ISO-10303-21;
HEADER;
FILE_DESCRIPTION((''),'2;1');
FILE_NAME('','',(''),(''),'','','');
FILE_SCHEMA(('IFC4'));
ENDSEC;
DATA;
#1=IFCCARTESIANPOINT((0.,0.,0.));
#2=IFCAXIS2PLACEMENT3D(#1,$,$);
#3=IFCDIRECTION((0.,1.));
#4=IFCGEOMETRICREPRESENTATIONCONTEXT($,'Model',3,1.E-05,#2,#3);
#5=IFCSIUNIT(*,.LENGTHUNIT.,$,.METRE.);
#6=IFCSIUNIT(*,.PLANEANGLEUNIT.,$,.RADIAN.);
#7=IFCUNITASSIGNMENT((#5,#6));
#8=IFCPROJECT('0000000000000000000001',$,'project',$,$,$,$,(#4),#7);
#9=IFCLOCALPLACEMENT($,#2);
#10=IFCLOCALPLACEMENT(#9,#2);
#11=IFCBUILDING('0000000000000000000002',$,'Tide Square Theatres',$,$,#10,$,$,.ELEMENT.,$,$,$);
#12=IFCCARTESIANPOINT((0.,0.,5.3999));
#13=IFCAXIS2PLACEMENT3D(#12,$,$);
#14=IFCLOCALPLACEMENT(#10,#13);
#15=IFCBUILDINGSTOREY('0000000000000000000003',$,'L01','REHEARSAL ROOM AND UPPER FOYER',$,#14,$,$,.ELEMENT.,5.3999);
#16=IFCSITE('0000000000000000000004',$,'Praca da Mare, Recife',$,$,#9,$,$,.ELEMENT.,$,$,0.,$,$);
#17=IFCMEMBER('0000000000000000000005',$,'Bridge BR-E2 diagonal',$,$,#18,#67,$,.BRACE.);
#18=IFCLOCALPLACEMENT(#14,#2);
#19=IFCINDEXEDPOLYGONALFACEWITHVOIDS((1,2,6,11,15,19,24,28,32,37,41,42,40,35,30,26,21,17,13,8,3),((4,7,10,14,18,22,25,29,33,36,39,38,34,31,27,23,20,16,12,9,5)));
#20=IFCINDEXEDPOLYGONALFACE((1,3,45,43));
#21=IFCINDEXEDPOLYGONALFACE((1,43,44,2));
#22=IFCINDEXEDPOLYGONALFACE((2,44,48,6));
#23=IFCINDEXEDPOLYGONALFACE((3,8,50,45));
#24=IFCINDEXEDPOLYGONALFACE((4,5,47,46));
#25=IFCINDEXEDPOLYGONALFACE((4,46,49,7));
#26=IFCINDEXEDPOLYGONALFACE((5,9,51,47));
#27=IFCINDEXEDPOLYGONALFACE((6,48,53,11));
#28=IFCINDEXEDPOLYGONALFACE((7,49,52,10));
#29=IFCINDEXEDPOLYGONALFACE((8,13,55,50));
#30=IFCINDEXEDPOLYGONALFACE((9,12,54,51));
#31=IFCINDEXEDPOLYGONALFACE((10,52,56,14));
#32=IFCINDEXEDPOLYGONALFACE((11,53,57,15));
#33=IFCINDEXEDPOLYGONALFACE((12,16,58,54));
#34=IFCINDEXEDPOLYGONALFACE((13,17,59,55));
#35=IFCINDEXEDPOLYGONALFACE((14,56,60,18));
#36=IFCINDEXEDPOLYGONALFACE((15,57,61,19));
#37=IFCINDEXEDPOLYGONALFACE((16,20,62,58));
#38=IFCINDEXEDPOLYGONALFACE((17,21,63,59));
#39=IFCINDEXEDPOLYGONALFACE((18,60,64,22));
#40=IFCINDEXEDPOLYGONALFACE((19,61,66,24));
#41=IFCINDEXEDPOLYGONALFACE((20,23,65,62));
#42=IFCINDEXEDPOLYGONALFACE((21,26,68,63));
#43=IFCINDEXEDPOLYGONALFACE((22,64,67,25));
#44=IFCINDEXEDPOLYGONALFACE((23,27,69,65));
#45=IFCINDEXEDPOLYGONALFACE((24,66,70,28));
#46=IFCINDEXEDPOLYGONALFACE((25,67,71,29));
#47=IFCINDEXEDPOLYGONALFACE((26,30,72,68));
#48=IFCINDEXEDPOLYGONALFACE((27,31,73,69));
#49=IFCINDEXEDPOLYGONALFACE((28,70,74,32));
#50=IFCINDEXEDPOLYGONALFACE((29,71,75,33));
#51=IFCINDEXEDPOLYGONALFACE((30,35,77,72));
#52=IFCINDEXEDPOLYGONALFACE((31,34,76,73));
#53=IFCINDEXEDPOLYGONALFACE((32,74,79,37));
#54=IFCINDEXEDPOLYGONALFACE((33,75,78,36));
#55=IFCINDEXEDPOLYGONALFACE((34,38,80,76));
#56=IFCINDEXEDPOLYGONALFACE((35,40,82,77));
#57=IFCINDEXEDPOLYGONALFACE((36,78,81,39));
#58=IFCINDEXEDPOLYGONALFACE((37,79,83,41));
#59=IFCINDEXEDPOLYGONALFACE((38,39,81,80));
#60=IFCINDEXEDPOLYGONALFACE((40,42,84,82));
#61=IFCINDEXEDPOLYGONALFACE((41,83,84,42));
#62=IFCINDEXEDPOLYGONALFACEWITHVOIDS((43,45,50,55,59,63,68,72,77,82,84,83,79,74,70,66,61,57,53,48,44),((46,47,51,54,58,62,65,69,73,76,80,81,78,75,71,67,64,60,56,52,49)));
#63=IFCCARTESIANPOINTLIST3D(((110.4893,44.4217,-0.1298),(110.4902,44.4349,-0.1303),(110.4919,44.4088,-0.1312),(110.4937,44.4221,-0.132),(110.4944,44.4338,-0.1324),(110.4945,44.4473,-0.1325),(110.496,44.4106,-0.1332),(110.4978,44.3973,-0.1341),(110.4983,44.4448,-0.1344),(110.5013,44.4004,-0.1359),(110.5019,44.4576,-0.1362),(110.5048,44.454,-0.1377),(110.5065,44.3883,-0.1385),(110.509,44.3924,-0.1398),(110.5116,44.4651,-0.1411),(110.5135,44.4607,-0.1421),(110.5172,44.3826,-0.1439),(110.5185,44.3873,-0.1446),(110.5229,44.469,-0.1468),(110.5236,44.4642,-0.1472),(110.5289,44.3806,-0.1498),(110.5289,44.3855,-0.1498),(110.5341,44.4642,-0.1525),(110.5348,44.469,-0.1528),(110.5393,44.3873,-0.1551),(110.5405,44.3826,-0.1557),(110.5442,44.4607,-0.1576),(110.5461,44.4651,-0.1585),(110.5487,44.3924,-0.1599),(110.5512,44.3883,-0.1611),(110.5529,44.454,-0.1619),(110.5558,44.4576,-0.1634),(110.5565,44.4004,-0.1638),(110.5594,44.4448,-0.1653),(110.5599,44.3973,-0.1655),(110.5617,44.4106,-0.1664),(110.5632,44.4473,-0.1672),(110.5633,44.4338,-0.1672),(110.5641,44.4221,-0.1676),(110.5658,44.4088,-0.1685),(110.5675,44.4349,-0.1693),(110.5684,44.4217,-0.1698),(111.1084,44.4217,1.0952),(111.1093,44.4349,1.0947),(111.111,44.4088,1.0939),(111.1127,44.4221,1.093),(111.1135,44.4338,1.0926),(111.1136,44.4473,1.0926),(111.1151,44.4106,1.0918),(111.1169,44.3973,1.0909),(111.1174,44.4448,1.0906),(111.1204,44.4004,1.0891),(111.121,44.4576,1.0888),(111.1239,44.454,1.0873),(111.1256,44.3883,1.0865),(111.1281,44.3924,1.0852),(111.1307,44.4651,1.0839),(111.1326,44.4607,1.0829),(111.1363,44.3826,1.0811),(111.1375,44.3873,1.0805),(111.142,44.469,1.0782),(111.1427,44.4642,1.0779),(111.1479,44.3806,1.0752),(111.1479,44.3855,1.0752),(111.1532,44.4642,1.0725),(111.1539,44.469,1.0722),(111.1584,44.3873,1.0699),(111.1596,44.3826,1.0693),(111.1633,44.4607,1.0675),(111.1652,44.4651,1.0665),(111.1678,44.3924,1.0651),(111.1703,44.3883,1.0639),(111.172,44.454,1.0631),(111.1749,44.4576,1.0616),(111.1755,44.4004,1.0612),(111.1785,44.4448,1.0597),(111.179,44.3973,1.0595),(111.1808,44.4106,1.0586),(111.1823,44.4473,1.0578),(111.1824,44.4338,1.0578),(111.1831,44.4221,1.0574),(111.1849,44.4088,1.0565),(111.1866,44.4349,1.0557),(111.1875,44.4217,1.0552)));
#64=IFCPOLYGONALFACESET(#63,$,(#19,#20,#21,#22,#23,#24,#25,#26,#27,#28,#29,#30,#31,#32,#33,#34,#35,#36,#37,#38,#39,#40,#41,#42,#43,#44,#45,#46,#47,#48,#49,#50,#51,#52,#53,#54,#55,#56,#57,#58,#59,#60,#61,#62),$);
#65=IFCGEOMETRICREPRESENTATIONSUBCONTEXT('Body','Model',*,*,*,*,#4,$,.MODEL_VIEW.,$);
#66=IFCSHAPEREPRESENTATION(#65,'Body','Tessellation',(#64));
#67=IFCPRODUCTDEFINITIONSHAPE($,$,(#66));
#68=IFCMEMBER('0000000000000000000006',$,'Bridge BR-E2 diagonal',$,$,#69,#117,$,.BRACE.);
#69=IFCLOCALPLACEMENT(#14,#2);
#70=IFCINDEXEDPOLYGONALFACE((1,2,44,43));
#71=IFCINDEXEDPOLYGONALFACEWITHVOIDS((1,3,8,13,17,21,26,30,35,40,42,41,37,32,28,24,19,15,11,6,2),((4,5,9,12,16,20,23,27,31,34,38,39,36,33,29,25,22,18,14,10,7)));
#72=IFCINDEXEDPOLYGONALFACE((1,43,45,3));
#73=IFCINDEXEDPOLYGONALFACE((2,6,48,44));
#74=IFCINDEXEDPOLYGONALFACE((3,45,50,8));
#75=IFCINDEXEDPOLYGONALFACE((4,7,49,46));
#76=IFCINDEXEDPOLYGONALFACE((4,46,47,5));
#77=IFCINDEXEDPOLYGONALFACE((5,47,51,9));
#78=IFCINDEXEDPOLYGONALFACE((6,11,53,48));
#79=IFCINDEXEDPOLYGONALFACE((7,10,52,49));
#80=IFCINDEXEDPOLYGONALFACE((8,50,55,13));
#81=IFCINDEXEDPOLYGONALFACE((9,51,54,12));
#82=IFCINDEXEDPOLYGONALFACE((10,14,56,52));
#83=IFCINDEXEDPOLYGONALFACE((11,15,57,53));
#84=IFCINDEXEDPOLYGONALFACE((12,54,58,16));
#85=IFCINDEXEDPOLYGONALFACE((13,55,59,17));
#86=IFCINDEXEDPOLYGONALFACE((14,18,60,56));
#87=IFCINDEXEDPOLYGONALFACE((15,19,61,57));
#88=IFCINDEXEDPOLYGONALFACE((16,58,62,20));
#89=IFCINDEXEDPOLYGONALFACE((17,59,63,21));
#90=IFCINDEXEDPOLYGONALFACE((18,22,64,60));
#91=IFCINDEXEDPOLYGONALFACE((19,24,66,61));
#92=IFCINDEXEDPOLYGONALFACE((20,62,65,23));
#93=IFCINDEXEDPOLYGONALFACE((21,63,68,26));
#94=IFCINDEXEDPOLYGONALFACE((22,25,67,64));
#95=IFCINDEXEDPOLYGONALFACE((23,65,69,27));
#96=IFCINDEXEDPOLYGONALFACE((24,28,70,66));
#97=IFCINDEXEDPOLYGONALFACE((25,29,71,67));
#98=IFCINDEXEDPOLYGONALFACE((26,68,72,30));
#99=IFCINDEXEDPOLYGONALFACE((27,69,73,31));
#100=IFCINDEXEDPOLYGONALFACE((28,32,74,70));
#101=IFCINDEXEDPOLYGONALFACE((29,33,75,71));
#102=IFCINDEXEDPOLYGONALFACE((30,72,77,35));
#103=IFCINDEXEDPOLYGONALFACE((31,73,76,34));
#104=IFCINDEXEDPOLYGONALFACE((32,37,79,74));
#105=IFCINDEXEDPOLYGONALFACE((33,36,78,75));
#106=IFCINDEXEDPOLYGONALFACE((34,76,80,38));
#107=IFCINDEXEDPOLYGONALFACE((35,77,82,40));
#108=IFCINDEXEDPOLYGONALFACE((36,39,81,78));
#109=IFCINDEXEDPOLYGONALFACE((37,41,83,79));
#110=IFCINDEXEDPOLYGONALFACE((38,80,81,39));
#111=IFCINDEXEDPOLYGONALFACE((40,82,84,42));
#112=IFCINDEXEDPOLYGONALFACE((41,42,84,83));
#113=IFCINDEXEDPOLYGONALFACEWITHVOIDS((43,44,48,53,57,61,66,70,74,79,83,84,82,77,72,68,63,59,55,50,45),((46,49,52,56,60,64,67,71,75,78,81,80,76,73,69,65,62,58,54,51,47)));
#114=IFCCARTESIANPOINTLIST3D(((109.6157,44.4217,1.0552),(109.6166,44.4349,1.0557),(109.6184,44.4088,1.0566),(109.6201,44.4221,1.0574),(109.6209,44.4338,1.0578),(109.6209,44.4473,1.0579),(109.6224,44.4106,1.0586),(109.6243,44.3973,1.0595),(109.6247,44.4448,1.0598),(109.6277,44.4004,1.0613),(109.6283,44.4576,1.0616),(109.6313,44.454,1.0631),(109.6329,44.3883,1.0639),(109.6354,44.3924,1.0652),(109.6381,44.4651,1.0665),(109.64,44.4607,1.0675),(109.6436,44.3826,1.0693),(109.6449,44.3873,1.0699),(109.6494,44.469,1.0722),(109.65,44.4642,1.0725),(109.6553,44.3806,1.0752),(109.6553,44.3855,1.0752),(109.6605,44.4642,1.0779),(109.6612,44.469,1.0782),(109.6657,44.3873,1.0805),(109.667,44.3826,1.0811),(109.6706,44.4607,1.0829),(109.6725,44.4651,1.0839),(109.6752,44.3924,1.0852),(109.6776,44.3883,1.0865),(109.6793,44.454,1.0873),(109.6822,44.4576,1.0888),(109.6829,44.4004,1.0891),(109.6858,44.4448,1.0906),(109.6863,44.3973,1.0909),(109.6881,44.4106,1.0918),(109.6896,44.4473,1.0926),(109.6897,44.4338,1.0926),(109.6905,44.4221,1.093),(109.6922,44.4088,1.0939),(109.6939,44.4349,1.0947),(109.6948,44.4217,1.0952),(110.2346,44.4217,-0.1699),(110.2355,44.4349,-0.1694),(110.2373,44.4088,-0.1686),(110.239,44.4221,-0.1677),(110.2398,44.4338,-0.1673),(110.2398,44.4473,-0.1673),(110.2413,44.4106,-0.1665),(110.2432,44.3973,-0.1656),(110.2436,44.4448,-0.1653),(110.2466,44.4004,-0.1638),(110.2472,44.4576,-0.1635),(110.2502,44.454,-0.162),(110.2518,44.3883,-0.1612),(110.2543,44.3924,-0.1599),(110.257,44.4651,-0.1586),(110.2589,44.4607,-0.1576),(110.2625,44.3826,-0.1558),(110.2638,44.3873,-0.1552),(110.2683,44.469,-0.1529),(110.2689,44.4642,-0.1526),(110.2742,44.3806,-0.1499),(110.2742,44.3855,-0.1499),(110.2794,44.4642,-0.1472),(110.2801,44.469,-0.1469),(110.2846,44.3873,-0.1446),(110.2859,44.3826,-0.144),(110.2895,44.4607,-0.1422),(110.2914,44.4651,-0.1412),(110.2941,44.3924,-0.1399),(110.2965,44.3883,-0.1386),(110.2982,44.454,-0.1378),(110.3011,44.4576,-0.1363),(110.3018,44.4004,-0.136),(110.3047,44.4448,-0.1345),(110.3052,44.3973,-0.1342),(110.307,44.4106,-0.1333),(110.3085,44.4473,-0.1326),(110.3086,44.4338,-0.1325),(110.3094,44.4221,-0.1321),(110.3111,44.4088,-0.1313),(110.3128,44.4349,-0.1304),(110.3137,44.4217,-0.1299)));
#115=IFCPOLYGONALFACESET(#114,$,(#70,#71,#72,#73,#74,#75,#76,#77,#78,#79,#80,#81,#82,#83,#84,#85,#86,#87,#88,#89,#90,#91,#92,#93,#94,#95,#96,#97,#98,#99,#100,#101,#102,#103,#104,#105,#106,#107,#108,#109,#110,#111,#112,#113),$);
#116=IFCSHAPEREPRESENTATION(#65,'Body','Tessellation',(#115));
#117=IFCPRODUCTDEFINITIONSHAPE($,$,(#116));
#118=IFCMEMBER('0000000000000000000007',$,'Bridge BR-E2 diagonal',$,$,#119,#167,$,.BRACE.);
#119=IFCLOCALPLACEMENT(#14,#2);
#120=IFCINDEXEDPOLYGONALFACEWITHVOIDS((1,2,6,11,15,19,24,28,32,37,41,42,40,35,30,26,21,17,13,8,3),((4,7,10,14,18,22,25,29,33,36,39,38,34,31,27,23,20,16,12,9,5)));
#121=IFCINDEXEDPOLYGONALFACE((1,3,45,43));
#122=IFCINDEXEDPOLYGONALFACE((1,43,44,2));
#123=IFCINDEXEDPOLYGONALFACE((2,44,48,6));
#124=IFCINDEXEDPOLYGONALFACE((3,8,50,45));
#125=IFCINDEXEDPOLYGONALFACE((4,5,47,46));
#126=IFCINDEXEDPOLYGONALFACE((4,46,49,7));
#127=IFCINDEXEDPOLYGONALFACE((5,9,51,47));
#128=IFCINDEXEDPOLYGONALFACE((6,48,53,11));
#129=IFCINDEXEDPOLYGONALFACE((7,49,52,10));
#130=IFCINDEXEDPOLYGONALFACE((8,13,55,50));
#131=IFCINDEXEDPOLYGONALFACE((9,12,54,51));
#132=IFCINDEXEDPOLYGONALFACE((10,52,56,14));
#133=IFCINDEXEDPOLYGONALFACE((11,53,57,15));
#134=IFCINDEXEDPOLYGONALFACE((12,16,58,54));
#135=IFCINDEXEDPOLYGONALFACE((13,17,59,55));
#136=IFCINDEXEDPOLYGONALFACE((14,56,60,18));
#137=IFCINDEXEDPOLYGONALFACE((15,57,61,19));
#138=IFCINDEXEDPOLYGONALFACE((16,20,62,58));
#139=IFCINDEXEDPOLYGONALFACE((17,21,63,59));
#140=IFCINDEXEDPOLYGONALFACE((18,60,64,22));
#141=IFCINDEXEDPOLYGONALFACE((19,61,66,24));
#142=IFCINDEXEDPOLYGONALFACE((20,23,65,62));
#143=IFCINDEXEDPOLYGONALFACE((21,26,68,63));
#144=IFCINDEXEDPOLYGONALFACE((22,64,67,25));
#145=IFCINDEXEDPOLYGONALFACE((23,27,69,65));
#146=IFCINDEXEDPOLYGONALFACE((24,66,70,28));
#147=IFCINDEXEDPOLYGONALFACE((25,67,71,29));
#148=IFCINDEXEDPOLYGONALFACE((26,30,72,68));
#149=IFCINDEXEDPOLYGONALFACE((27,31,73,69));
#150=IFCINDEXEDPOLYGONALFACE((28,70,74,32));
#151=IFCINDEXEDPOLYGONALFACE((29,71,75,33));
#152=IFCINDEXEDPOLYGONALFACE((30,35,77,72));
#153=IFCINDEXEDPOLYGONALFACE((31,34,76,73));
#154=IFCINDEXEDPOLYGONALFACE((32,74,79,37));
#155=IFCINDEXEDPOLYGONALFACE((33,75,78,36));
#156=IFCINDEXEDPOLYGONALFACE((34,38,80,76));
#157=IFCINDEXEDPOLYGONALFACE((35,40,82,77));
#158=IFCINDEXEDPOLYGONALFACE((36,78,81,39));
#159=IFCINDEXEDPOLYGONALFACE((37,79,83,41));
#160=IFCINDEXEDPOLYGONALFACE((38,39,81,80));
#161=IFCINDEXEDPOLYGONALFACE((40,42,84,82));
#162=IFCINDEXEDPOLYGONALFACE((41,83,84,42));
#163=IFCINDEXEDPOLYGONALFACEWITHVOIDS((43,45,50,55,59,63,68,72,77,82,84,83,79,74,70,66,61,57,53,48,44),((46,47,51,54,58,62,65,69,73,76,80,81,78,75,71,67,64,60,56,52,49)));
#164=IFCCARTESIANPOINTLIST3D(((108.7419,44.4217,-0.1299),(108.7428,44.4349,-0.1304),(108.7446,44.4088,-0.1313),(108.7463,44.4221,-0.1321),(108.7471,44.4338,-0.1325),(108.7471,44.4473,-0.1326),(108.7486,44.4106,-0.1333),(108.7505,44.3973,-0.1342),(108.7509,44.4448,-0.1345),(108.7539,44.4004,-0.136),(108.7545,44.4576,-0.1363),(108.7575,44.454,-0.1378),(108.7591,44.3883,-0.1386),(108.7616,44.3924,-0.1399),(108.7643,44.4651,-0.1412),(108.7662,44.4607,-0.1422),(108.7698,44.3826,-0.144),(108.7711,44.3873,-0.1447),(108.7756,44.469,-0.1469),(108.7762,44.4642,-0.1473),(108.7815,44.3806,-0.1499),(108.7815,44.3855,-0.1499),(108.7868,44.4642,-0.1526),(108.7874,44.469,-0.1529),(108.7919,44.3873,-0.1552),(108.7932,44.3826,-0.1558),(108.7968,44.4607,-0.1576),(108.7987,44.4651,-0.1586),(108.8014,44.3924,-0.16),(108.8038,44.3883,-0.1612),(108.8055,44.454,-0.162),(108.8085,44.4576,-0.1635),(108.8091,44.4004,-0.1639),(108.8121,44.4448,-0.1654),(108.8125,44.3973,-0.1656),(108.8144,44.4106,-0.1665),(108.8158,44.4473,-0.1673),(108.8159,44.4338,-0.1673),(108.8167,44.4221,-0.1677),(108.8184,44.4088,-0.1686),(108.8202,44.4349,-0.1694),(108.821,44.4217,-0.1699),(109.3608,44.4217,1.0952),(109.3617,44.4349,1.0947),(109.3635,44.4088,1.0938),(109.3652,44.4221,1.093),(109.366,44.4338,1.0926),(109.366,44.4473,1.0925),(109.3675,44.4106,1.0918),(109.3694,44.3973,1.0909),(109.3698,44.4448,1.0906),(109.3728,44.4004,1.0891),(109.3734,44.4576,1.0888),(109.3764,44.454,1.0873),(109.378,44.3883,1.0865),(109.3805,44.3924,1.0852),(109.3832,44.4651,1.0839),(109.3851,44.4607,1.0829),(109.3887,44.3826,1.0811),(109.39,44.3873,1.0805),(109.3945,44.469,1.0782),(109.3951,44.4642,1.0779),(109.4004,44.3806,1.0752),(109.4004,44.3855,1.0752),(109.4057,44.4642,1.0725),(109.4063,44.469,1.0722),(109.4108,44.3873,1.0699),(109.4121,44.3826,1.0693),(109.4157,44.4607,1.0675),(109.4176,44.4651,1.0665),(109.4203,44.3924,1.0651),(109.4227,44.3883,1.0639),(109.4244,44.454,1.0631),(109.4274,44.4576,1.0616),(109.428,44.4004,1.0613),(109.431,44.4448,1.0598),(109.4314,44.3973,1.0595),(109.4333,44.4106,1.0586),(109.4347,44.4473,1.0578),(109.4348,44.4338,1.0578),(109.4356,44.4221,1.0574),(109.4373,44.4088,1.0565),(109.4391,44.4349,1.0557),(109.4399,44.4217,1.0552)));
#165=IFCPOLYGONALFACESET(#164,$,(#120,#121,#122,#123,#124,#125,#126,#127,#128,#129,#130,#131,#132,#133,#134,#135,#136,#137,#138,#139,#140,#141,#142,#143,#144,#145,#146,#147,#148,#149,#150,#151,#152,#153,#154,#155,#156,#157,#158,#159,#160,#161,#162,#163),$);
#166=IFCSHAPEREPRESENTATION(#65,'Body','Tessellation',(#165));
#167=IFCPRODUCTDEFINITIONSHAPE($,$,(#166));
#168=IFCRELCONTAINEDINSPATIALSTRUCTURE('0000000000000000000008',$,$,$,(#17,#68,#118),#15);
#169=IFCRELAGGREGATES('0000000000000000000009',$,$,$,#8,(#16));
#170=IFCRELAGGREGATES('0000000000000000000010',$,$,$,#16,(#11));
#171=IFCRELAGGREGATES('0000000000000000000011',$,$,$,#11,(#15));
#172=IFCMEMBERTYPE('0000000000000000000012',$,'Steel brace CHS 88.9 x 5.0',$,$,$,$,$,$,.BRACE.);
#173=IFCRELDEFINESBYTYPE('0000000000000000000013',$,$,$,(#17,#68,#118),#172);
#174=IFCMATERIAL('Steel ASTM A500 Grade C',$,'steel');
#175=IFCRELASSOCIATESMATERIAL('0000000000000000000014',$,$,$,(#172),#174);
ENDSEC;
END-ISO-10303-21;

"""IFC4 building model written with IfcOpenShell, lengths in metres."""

from ifc_helpers import new_model, si_unit, direction, frame, origin, origin_2d, place, context, subcontext, project, spatial, hollow_circle, extrude, material, material_profile, profile_set, type_object, element, save


model = new_model("IFC4")

# Units and contexts
model_context = context("Model", 3, precision=1e-05, world=origin(), true_north=direction((0.0, 1.0)))
body_context = subcontext(model_context, "Body", "Model", "MODEL_VIEW")
ifc_project = project(units=[si_unit("LENGTHUNIT", "METRE"), si_unit("PLANEANGLEUNIT", "RADIAN")], contexts=[model_context])

# Site, building, storey
site_placement = place(None, origin())
site = spatial("IfcSite", under=ifc_project, at=site_placement, Name="Praca da Mare, Recife", CompositionType="ELEMENT", RefElevation=0.0)
building_placement = place(site_placement, origin())
building = spatial("IfcBuilding", under=site, at=building_placement, Name="Tide Square Theatres", CompositionType="ELEMENT")
storey_placement = place(building_placement, frame((0.0, 0.0, 5.3999)))
storey = spatial("IfcBuildingStorey", under=building, at=storey_placement, Name="L01", Description="REHEARSAL ROOM AND UPPER FOYER", CompositionType="ELEMENT", Elevation=5.3999)

# Members
ifc_material_1 = material(Name="Steel ASTM A500 Grade C", Category="steel")
ifc_material_profile_1 = material_profile(ifc_material_1, hollow_circle(Radius=0.0444, WallThickness=0.0049, at=origin_2d()))
ifc_profile_set_1 = profile_set([ifc_material_profile_1], Name="Steel ASTM A500 Grade C")
member_type_1 = type_object("IfcMemberType", Name="Steel brace CHS 88.9 x 5.0", PredefinedType="BRACE", material=ifc_profile_set_1)
for number, where, z_axis, x_axis, name in (
    (1, (111.1479, 44.425, 1.0752), (-0.451051, 0.0, -0.892498), (0.0, -1.0, 0.0), "Bridge BR-E2 diagonal"),
    (2, (110.2742, 44.425, -0.1499), (-0.45091, 0.0, 0.89257), (0.0, -1.0, 0.0), "Bridge BR-E2 diagonal"),
    (3, (109.4004, 44.425, 1.0752), (-0.45091, 0.0, -0.89257), (0.0, -1.0, 0.0), "Bridge BR-E2 diagonal"),
):
    element("IfcMember", number, at=place(storey_placement, frame(where, z_axis=z_axis, x_axis=x_axis)), inside=storey, type_object=member_type_1, Name=name, PredefinedType="BRACE", context=body_context, shape_type="SweptSolid", body=[
        extrude(hollow_circle(Radius=0.0444, WallThickness=0.0049, at=origin_2d()), origin(), (0.0, 0.0, 1.0), 1.3726),
    ])

save(model, "model.ifc")
